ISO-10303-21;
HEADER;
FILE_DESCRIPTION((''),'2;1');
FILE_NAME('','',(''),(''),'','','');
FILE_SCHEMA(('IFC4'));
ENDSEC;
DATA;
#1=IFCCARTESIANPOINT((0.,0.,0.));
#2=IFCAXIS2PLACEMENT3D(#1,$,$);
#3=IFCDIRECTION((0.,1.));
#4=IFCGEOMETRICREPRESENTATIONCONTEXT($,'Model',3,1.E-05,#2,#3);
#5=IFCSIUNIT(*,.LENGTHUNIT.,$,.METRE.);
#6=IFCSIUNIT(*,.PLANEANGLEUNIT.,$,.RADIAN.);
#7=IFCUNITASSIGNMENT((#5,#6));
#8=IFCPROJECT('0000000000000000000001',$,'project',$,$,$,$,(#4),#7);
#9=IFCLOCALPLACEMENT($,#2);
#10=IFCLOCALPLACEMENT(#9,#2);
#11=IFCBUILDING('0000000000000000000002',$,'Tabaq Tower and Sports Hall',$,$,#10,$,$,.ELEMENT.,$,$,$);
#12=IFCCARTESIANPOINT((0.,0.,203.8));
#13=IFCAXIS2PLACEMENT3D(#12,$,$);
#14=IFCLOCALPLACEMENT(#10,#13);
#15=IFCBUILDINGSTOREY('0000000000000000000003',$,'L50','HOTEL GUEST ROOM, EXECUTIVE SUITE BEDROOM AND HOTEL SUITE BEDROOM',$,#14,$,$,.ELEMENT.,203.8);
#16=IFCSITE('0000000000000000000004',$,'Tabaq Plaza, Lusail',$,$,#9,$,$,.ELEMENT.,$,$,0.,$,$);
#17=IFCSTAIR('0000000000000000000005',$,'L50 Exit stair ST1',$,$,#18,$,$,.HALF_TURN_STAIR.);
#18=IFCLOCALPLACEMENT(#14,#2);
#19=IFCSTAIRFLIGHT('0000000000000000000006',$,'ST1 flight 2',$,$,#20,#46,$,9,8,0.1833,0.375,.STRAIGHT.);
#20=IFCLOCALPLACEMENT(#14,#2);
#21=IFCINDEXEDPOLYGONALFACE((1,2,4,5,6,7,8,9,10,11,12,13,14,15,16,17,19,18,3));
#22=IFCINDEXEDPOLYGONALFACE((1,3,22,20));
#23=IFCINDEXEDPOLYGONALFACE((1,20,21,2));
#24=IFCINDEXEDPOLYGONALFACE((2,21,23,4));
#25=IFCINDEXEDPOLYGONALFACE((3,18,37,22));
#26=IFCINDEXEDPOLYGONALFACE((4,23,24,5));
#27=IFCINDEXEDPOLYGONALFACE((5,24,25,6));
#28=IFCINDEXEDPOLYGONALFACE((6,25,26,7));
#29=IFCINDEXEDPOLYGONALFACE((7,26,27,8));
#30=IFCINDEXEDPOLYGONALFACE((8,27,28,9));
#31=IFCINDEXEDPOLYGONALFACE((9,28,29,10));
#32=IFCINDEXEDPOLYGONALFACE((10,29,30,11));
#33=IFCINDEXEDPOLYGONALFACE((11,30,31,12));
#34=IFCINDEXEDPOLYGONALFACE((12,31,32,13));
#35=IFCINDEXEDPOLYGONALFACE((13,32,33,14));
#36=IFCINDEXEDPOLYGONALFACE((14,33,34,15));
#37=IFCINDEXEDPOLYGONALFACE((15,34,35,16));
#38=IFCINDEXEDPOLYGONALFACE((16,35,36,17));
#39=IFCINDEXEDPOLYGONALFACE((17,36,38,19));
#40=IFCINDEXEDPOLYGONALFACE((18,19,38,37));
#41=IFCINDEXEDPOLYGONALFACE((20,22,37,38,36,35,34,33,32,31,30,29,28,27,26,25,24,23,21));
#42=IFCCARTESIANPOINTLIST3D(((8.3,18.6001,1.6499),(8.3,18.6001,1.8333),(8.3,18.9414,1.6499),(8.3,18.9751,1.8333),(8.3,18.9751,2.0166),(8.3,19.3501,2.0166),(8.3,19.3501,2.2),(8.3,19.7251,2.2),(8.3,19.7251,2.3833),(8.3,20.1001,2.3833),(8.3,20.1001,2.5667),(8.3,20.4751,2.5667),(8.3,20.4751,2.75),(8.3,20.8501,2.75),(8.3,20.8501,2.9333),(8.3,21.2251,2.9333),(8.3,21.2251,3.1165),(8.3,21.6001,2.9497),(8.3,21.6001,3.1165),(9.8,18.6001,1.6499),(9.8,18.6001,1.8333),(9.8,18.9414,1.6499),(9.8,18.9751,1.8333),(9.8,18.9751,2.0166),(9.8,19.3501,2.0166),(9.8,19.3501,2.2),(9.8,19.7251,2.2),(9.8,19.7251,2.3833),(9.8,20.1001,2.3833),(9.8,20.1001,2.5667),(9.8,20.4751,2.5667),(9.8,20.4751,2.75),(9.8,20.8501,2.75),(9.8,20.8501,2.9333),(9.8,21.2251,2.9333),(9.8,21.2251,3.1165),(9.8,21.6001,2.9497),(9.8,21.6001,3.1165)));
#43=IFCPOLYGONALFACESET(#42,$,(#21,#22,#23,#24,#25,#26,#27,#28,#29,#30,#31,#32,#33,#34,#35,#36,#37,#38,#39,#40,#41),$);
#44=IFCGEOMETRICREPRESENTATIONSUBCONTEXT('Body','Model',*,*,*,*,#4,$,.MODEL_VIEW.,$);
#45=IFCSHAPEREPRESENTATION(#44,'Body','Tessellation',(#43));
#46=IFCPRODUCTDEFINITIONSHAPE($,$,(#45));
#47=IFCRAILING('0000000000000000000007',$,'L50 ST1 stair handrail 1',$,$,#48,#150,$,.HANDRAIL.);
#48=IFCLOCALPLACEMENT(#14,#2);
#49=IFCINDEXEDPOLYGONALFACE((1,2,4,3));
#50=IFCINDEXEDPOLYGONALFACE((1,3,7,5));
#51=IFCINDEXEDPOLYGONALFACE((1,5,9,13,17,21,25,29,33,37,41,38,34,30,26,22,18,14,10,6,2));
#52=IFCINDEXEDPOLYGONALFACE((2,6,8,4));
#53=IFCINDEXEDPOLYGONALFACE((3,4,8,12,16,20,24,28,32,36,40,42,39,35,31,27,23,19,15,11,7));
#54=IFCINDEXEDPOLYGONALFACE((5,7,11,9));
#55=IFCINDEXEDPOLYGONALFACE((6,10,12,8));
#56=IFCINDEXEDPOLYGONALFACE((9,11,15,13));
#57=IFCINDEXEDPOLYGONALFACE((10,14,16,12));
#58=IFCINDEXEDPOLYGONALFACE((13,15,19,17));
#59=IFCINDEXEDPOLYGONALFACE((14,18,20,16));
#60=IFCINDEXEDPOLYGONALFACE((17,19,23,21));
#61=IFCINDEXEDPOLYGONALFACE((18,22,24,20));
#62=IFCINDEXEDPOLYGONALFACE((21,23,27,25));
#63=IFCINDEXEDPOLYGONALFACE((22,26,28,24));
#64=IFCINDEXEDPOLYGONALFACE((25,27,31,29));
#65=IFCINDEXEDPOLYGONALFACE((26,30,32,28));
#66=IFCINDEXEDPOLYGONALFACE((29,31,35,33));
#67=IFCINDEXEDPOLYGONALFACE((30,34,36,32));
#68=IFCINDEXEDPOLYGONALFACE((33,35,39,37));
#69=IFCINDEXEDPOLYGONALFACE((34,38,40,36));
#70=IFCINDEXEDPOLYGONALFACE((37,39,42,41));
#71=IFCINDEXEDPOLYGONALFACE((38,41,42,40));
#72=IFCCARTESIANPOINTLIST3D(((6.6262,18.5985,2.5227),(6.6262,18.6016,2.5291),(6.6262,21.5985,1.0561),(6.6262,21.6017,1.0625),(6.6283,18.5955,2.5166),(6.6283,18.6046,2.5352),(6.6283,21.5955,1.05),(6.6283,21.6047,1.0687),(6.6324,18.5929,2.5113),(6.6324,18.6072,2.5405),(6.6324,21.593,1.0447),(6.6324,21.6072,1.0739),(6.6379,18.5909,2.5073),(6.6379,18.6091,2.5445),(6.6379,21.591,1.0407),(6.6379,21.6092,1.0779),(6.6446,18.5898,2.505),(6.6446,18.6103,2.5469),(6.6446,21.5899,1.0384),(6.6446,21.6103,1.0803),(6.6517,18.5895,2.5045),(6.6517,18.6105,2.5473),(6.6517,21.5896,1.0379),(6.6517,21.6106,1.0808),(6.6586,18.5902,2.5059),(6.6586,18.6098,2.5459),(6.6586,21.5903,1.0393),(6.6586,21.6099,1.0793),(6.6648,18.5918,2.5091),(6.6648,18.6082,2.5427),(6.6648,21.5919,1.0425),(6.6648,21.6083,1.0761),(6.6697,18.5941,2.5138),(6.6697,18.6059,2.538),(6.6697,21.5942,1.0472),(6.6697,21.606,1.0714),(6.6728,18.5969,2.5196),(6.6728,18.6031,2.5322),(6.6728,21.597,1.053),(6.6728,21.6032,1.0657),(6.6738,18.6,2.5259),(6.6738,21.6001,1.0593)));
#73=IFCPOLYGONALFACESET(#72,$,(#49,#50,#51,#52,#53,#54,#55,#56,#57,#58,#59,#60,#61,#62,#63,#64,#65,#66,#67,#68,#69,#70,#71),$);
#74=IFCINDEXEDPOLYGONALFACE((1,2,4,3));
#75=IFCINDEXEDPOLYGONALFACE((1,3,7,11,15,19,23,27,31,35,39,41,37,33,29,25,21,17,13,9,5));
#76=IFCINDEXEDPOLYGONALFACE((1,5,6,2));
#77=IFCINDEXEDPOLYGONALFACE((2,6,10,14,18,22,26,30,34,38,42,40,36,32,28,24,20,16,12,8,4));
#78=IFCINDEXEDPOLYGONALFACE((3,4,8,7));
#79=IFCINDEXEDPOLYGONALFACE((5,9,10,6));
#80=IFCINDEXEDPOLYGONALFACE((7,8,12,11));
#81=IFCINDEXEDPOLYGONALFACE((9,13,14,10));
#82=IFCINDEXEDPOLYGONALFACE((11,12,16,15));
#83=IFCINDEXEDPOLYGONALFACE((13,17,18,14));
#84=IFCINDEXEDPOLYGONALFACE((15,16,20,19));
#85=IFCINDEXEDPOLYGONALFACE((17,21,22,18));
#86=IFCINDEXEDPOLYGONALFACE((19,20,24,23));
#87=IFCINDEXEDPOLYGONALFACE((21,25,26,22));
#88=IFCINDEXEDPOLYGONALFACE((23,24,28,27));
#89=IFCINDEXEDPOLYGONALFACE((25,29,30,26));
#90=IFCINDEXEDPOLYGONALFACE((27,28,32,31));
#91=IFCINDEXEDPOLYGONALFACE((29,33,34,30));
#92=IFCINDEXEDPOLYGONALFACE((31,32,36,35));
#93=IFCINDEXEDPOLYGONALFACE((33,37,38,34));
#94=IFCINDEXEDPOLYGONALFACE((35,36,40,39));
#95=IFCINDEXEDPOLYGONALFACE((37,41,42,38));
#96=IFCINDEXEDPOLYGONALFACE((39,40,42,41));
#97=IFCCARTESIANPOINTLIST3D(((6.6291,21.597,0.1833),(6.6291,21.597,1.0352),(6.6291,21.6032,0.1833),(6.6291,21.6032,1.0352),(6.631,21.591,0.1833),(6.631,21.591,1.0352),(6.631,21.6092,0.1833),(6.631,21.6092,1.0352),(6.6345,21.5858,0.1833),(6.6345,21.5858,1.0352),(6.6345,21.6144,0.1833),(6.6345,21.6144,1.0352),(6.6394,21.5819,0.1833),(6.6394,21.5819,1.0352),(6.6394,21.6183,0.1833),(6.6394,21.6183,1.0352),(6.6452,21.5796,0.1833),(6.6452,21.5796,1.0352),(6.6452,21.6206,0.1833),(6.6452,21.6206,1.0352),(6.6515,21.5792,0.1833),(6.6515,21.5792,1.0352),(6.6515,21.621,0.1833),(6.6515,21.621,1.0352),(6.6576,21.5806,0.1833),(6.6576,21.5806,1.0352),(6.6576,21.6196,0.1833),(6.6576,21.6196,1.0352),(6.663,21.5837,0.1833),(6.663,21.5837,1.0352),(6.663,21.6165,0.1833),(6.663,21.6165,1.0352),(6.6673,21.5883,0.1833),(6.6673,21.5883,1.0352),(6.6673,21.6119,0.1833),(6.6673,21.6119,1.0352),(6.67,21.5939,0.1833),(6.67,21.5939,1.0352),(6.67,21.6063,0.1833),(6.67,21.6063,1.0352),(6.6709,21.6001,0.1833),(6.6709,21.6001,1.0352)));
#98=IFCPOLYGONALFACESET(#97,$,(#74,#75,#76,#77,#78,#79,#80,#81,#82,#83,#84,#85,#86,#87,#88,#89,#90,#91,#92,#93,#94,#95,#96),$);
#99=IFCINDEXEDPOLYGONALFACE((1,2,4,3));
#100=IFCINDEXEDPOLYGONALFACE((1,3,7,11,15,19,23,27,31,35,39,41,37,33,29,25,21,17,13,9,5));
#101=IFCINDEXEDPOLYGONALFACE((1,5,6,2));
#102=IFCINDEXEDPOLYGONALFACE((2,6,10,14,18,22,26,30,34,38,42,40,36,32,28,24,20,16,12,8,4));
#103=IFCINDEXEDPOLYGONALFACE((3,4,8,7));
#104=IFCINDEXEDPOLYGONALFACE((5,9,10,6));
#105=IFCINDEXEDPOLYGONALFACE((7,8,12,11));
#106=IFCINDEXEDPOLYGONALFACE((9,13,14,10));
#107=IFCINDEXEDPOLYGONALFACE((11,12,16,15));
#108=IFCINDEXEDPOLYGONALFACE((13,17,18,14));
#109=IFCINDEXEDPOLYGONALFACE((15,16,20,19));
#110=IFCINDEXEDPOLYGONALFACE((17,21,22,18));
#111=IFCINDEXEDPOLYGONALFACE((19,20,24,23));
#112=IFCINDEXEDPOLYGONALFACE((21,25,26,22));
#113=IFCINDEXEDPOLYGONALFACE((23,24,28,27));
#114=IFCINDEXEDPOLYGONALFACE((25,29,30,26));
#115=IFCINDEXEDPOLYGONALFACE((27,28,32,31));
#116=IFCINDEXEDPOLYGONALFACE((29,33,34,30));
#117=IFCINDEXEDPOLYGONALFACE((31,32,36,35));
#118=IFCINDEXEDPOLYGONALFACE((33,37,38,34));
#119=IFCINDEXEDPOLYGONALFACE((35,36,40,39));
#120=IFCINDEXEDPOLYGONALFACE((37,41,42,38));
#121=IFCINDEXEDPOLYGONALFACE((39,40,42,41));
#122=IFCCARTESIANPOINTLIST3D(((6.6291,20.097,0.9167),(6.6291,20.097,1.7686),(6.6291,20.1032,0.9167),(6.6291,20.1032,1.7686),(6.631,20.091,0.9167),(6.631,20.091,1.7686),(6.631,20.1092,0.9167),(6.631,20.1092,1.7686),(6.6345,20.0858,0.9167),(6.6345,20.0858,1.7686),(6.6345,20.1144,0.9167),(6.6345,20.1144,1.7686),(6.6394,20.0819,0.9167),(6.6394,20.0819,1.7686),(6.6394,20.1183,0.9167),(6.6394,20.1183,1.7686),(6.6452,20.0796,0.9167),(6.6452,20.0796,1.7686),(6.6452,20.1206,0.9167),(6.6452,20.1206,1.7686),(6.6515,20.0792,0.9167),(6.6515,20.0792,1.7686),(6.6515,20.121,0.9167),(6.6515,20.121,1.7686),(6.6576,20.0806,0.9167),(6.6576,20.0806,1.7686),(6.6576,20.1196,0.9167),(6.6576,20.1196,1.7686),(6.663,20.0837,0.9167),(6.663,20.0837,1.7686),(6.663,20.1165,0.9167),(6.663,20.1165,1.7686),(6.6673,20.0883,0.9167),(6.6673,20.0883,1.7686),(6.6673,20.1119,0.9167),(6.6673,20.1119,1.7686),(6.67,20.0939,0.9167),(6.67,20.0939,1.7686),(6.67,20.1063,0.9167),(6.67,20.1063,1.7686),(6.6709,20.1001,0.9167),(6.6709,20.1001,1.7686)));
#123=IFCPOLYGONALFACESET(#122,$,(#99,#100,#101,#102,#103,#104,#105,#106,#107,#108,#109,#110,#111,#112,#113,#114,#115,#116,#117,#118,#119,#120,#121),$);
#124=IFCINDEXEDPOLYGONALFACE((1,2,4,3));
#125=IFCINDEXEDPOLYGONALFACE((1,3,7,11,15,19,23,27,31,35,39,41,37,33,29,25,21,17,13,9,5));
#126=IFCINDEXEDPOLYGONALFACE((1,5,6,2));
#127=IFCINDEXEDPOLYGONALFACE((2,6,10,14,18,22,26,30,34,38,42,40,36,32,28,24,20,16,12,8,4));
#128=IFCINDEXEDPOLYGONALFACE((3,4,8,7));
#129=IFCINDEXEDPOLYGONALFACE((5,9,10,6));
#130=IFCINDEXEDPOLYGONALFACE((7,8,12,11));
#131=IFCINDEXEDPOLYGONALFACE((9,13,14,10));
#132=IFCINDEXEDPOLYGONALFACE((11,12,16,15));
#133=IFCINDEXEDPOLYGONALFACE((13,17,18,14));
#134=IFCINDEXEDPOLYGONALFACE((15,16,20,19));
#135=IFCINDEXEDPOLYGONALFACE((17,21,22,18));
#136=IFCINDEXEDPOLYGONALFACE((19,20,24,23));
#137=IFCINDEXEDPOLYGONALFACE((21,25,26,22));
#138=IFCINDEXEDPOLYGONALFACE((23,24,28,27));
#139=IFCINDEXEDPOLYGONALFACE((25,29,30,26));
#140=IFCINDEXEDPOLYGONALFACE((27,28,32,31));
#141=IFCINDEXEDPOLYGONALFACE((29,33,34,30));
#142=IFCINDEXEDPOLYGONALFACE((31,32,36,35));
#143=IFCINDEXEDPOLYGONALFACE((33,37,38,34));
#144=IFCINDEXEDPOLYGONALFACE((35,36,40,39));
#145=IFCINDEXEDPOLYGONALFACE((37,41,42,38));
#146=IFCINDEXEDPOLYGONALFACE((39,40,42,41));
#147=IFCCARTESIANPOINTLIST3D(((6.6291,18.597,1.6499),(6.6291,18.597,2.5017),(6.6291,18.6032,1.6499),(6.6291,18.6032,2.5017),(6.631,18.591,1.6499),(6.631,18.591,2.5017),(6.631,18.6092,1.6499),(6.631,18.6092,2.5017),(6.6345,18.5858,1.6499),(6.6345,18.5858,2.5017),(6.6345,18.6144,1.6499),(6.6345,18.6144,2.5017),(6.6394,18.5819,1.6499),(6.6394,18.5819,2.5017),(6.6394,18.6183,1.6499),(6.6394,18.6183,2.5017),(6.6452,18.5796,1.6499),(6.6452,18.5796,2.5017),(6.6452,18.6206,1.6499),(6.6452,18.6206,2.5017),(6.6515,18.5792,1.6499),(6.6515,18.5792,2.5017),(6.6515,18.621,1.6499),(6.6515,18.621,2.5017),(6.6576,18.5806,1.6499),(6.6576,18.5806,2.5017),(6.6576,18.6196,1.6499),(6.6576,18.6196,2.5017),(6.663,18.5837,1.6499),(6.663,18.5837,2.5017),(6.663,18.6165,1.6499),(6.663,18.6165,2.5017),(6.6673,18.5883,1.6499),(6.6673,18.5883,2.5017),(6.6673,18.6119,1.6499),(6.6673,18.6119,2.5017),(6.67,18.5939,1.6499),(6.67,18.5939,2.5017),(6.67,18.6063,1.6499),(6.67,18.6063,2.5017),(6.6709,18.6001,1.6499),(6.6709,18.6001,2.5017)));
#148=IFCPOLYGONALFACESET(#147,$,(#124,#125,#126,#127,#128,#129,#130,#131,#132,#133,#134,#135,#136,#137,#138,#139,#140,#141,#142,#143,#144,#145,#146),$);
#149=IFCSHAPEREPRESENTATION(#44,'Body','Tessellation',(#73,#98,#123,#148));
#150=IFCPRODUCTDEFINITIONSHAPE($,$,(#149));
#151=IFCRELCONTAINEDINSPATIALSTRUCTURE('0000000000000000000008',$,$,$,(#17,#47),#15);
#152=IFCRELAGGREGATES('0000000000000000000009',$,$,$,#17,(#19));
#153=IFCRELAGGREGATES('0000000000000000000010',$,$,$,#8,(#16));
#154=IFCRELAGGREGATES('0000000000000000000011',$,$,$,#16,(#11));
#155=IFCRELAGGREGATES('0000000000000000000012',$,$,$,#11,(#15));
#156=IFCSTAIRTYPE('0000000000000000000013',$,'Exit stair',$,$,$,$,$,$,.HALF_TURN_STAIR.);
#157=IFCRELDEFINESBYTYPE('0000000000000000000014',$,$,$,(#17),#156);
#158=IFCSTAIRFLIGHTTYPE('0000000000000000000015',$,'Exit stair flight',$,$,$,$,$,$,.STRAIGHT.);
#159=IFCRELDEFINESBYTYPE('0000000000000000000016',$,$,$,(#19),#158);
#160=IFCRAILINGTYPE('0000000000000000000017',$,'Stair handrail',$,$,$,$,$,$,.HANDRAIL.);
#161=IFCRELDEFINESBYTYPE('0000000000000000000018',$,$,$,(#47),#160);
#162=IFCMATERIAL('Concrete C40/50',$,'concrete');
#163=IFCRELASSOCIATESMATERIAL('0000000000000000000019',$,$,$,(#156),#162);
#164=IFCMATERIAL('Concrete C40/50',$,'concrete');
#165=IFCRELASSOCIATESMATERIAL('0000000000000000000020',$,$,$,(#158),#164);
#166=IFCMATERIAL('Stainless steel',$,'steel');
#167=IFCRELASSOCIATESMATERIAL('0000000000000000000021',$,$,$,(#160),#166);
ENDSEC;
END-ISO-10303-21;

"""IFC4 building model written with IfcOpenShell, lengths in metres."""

from ifc_helpers import new_model, si_unit, direction, frame, origin, origin_2d, place, context, subcontext, project, spatial, polyline, circle, outline, extrude, material, type_object, element, aggregate, save


model = new_model("IFC4")

# Units and contexts
model_context = context("Model", 3, precision=1e-05, world=origin(), true_north=direction((0.0, 1.0)))
body_context = subcontext(model_context, "Body", "Model", "MODEL_VIEW")
ifc_project = project(units=[si_unit("LENGTHUNIT", "METRE"), si_unit("PLANEANGLEUNIT", "RADIAN")], contexts=[model_context])

# Site, building, storey
site_placement = place(None, origin())
site = spatial("IfcSite", under=ifc_project, at=site_placement, Name="Tabaq Plaza, Lusail", CompositionType="ELEMENT", RefElevation=0.0)
building_placement = place(site_placement, origin())
building = spatial("IfcBuilding", under=site, at=building_placement, Name="Tabaq Tower and Sports Hall", CompositionType="ELEMENT")
storey_placement = place(building_placement, frame((0.0, 0.0, 203.8)))
storey = spatial("IfcBuildingStorey", under=building, at=storey_placement, Name="L50", Description="HOTEL GUEST ROOM, EXECUTIVE SUITE BEDROOM AND HOTEL SUITE BEDROOM", CompositionType="ELEMENT", Elevation=203.8)

# Stair, stair flight
ifc_material_1 = material(Name="Concrete C40/50", Category="concrete")
stair_type = type_object("IfcStairType", Name="Exit stair", PredefinedType="HALF_TURN_STAIR", material=ifc_material_1)
stair_placement = place(storey_placement, origin())
stair = element("IfcStair", 1, at=stair_placement, inside=storey, type_object=stair_type, Name="L50 Exit stair ST1", PredefinedType="HALF_TURN_STAIR")
ifc_material_2 = material(Name="Concrete C40/50", Category="concrete")
stair_flight_type = type_object("IfcStairFlightType", Name="Exit stair flight", PredefinedType="STRAIGHT", material=ifc_material_2)
stair_flight_1_placement = place(storey_placement, frame((9.05, 18.6001, 1.6499), z_axis=(0.0, 0.0, 1.0), x_axis=(0.0, 1.0, 0.0)))
stair_flight_1 = element("IfcStairFlight", 2, at=stair_flight_1_placement, type_object=stair_flight_type, Name="ST1 flight 2", NumberOfRisers=9, NumberOfTreads=8, PredefinedType="STRAIGHT", RiserHeight=0.1833, TreadLength=0.375, context=body_context, shape_type="SweptSolid", body=[
    extrude(outline(polyline([(0.0, 0.0), (0.0, 0.1833), (0.375, 0.1833), (0.375, 0.3667), (0.75, 0.3667), (0.75, 0.55), (1.125, 0.55), (1.125, 0.7334), (1.5, 0.7334), (1.5, 0.9167), (1.875, 0.9167), (1.875, 1.1001), (2.25, 1.1001), (2.25, 1.2834), (2.625, 1.2834), (2.625, 1.4666), (3.0, 1.4666), (3.0, 1.6499), (3.0, 1.2998), (0.3413, 0.0), (0.0, 0.0)])), frame((0.0, 0.75, 0.0), z_axis=(0.0, -1.0, 0.0), x_axis=(1.0, 0.0, 0.0)), (0.0, 0.0, 1.0), 1.5),
])
aggregate(stair, [stair_flight_1])

# Railing
ifc_material_3 = material(Name="Stainless steel", Category="steel")
railing_type = type_object("IfcRailingType", Name="Stair handrail", PredefinedType="HANDRAIL", material=ifc_material_3)
railing_1_placement = place(storey_placement, frame((6.6499, 21.6001, 0.1833)))
element("IfcRailing", 3, at=railing_1_placement, inside=storey, type_object=railing_type, Name="L50 ST1 stair handrail 1", PredefinedType="HANDRAIL", context=body_context, shape_type="SweptSolid", body=[
    extrude(circle(Radius=0.0239, at=origin_2d()), frame((0.0, 0.0, 0.876), z_axis=(0.0, -0.898398, 0.439183), x_axis=(1.0, 0.0, 0.0)), (0.0, 0.0, 1.0), 3.3394),
    extrude(circle(Radius=0.021, at=origin_2d()), origin(), (0.0, 0.0, 1.0), 0.8518),
    extrude(circle(Radius=0.021, at=origin_2d()), frame((0.0, -1.5, 0.7334)), (0.0, 0.0, 1.0), 0.8518),
    extrude(circle(Radius=0.021, at=origin_2d()), frame((0.0, -3.0, 1.4666)), (0.0, 0.0, 1.0), 0.8518),
])

save(model, "model.ifc")
